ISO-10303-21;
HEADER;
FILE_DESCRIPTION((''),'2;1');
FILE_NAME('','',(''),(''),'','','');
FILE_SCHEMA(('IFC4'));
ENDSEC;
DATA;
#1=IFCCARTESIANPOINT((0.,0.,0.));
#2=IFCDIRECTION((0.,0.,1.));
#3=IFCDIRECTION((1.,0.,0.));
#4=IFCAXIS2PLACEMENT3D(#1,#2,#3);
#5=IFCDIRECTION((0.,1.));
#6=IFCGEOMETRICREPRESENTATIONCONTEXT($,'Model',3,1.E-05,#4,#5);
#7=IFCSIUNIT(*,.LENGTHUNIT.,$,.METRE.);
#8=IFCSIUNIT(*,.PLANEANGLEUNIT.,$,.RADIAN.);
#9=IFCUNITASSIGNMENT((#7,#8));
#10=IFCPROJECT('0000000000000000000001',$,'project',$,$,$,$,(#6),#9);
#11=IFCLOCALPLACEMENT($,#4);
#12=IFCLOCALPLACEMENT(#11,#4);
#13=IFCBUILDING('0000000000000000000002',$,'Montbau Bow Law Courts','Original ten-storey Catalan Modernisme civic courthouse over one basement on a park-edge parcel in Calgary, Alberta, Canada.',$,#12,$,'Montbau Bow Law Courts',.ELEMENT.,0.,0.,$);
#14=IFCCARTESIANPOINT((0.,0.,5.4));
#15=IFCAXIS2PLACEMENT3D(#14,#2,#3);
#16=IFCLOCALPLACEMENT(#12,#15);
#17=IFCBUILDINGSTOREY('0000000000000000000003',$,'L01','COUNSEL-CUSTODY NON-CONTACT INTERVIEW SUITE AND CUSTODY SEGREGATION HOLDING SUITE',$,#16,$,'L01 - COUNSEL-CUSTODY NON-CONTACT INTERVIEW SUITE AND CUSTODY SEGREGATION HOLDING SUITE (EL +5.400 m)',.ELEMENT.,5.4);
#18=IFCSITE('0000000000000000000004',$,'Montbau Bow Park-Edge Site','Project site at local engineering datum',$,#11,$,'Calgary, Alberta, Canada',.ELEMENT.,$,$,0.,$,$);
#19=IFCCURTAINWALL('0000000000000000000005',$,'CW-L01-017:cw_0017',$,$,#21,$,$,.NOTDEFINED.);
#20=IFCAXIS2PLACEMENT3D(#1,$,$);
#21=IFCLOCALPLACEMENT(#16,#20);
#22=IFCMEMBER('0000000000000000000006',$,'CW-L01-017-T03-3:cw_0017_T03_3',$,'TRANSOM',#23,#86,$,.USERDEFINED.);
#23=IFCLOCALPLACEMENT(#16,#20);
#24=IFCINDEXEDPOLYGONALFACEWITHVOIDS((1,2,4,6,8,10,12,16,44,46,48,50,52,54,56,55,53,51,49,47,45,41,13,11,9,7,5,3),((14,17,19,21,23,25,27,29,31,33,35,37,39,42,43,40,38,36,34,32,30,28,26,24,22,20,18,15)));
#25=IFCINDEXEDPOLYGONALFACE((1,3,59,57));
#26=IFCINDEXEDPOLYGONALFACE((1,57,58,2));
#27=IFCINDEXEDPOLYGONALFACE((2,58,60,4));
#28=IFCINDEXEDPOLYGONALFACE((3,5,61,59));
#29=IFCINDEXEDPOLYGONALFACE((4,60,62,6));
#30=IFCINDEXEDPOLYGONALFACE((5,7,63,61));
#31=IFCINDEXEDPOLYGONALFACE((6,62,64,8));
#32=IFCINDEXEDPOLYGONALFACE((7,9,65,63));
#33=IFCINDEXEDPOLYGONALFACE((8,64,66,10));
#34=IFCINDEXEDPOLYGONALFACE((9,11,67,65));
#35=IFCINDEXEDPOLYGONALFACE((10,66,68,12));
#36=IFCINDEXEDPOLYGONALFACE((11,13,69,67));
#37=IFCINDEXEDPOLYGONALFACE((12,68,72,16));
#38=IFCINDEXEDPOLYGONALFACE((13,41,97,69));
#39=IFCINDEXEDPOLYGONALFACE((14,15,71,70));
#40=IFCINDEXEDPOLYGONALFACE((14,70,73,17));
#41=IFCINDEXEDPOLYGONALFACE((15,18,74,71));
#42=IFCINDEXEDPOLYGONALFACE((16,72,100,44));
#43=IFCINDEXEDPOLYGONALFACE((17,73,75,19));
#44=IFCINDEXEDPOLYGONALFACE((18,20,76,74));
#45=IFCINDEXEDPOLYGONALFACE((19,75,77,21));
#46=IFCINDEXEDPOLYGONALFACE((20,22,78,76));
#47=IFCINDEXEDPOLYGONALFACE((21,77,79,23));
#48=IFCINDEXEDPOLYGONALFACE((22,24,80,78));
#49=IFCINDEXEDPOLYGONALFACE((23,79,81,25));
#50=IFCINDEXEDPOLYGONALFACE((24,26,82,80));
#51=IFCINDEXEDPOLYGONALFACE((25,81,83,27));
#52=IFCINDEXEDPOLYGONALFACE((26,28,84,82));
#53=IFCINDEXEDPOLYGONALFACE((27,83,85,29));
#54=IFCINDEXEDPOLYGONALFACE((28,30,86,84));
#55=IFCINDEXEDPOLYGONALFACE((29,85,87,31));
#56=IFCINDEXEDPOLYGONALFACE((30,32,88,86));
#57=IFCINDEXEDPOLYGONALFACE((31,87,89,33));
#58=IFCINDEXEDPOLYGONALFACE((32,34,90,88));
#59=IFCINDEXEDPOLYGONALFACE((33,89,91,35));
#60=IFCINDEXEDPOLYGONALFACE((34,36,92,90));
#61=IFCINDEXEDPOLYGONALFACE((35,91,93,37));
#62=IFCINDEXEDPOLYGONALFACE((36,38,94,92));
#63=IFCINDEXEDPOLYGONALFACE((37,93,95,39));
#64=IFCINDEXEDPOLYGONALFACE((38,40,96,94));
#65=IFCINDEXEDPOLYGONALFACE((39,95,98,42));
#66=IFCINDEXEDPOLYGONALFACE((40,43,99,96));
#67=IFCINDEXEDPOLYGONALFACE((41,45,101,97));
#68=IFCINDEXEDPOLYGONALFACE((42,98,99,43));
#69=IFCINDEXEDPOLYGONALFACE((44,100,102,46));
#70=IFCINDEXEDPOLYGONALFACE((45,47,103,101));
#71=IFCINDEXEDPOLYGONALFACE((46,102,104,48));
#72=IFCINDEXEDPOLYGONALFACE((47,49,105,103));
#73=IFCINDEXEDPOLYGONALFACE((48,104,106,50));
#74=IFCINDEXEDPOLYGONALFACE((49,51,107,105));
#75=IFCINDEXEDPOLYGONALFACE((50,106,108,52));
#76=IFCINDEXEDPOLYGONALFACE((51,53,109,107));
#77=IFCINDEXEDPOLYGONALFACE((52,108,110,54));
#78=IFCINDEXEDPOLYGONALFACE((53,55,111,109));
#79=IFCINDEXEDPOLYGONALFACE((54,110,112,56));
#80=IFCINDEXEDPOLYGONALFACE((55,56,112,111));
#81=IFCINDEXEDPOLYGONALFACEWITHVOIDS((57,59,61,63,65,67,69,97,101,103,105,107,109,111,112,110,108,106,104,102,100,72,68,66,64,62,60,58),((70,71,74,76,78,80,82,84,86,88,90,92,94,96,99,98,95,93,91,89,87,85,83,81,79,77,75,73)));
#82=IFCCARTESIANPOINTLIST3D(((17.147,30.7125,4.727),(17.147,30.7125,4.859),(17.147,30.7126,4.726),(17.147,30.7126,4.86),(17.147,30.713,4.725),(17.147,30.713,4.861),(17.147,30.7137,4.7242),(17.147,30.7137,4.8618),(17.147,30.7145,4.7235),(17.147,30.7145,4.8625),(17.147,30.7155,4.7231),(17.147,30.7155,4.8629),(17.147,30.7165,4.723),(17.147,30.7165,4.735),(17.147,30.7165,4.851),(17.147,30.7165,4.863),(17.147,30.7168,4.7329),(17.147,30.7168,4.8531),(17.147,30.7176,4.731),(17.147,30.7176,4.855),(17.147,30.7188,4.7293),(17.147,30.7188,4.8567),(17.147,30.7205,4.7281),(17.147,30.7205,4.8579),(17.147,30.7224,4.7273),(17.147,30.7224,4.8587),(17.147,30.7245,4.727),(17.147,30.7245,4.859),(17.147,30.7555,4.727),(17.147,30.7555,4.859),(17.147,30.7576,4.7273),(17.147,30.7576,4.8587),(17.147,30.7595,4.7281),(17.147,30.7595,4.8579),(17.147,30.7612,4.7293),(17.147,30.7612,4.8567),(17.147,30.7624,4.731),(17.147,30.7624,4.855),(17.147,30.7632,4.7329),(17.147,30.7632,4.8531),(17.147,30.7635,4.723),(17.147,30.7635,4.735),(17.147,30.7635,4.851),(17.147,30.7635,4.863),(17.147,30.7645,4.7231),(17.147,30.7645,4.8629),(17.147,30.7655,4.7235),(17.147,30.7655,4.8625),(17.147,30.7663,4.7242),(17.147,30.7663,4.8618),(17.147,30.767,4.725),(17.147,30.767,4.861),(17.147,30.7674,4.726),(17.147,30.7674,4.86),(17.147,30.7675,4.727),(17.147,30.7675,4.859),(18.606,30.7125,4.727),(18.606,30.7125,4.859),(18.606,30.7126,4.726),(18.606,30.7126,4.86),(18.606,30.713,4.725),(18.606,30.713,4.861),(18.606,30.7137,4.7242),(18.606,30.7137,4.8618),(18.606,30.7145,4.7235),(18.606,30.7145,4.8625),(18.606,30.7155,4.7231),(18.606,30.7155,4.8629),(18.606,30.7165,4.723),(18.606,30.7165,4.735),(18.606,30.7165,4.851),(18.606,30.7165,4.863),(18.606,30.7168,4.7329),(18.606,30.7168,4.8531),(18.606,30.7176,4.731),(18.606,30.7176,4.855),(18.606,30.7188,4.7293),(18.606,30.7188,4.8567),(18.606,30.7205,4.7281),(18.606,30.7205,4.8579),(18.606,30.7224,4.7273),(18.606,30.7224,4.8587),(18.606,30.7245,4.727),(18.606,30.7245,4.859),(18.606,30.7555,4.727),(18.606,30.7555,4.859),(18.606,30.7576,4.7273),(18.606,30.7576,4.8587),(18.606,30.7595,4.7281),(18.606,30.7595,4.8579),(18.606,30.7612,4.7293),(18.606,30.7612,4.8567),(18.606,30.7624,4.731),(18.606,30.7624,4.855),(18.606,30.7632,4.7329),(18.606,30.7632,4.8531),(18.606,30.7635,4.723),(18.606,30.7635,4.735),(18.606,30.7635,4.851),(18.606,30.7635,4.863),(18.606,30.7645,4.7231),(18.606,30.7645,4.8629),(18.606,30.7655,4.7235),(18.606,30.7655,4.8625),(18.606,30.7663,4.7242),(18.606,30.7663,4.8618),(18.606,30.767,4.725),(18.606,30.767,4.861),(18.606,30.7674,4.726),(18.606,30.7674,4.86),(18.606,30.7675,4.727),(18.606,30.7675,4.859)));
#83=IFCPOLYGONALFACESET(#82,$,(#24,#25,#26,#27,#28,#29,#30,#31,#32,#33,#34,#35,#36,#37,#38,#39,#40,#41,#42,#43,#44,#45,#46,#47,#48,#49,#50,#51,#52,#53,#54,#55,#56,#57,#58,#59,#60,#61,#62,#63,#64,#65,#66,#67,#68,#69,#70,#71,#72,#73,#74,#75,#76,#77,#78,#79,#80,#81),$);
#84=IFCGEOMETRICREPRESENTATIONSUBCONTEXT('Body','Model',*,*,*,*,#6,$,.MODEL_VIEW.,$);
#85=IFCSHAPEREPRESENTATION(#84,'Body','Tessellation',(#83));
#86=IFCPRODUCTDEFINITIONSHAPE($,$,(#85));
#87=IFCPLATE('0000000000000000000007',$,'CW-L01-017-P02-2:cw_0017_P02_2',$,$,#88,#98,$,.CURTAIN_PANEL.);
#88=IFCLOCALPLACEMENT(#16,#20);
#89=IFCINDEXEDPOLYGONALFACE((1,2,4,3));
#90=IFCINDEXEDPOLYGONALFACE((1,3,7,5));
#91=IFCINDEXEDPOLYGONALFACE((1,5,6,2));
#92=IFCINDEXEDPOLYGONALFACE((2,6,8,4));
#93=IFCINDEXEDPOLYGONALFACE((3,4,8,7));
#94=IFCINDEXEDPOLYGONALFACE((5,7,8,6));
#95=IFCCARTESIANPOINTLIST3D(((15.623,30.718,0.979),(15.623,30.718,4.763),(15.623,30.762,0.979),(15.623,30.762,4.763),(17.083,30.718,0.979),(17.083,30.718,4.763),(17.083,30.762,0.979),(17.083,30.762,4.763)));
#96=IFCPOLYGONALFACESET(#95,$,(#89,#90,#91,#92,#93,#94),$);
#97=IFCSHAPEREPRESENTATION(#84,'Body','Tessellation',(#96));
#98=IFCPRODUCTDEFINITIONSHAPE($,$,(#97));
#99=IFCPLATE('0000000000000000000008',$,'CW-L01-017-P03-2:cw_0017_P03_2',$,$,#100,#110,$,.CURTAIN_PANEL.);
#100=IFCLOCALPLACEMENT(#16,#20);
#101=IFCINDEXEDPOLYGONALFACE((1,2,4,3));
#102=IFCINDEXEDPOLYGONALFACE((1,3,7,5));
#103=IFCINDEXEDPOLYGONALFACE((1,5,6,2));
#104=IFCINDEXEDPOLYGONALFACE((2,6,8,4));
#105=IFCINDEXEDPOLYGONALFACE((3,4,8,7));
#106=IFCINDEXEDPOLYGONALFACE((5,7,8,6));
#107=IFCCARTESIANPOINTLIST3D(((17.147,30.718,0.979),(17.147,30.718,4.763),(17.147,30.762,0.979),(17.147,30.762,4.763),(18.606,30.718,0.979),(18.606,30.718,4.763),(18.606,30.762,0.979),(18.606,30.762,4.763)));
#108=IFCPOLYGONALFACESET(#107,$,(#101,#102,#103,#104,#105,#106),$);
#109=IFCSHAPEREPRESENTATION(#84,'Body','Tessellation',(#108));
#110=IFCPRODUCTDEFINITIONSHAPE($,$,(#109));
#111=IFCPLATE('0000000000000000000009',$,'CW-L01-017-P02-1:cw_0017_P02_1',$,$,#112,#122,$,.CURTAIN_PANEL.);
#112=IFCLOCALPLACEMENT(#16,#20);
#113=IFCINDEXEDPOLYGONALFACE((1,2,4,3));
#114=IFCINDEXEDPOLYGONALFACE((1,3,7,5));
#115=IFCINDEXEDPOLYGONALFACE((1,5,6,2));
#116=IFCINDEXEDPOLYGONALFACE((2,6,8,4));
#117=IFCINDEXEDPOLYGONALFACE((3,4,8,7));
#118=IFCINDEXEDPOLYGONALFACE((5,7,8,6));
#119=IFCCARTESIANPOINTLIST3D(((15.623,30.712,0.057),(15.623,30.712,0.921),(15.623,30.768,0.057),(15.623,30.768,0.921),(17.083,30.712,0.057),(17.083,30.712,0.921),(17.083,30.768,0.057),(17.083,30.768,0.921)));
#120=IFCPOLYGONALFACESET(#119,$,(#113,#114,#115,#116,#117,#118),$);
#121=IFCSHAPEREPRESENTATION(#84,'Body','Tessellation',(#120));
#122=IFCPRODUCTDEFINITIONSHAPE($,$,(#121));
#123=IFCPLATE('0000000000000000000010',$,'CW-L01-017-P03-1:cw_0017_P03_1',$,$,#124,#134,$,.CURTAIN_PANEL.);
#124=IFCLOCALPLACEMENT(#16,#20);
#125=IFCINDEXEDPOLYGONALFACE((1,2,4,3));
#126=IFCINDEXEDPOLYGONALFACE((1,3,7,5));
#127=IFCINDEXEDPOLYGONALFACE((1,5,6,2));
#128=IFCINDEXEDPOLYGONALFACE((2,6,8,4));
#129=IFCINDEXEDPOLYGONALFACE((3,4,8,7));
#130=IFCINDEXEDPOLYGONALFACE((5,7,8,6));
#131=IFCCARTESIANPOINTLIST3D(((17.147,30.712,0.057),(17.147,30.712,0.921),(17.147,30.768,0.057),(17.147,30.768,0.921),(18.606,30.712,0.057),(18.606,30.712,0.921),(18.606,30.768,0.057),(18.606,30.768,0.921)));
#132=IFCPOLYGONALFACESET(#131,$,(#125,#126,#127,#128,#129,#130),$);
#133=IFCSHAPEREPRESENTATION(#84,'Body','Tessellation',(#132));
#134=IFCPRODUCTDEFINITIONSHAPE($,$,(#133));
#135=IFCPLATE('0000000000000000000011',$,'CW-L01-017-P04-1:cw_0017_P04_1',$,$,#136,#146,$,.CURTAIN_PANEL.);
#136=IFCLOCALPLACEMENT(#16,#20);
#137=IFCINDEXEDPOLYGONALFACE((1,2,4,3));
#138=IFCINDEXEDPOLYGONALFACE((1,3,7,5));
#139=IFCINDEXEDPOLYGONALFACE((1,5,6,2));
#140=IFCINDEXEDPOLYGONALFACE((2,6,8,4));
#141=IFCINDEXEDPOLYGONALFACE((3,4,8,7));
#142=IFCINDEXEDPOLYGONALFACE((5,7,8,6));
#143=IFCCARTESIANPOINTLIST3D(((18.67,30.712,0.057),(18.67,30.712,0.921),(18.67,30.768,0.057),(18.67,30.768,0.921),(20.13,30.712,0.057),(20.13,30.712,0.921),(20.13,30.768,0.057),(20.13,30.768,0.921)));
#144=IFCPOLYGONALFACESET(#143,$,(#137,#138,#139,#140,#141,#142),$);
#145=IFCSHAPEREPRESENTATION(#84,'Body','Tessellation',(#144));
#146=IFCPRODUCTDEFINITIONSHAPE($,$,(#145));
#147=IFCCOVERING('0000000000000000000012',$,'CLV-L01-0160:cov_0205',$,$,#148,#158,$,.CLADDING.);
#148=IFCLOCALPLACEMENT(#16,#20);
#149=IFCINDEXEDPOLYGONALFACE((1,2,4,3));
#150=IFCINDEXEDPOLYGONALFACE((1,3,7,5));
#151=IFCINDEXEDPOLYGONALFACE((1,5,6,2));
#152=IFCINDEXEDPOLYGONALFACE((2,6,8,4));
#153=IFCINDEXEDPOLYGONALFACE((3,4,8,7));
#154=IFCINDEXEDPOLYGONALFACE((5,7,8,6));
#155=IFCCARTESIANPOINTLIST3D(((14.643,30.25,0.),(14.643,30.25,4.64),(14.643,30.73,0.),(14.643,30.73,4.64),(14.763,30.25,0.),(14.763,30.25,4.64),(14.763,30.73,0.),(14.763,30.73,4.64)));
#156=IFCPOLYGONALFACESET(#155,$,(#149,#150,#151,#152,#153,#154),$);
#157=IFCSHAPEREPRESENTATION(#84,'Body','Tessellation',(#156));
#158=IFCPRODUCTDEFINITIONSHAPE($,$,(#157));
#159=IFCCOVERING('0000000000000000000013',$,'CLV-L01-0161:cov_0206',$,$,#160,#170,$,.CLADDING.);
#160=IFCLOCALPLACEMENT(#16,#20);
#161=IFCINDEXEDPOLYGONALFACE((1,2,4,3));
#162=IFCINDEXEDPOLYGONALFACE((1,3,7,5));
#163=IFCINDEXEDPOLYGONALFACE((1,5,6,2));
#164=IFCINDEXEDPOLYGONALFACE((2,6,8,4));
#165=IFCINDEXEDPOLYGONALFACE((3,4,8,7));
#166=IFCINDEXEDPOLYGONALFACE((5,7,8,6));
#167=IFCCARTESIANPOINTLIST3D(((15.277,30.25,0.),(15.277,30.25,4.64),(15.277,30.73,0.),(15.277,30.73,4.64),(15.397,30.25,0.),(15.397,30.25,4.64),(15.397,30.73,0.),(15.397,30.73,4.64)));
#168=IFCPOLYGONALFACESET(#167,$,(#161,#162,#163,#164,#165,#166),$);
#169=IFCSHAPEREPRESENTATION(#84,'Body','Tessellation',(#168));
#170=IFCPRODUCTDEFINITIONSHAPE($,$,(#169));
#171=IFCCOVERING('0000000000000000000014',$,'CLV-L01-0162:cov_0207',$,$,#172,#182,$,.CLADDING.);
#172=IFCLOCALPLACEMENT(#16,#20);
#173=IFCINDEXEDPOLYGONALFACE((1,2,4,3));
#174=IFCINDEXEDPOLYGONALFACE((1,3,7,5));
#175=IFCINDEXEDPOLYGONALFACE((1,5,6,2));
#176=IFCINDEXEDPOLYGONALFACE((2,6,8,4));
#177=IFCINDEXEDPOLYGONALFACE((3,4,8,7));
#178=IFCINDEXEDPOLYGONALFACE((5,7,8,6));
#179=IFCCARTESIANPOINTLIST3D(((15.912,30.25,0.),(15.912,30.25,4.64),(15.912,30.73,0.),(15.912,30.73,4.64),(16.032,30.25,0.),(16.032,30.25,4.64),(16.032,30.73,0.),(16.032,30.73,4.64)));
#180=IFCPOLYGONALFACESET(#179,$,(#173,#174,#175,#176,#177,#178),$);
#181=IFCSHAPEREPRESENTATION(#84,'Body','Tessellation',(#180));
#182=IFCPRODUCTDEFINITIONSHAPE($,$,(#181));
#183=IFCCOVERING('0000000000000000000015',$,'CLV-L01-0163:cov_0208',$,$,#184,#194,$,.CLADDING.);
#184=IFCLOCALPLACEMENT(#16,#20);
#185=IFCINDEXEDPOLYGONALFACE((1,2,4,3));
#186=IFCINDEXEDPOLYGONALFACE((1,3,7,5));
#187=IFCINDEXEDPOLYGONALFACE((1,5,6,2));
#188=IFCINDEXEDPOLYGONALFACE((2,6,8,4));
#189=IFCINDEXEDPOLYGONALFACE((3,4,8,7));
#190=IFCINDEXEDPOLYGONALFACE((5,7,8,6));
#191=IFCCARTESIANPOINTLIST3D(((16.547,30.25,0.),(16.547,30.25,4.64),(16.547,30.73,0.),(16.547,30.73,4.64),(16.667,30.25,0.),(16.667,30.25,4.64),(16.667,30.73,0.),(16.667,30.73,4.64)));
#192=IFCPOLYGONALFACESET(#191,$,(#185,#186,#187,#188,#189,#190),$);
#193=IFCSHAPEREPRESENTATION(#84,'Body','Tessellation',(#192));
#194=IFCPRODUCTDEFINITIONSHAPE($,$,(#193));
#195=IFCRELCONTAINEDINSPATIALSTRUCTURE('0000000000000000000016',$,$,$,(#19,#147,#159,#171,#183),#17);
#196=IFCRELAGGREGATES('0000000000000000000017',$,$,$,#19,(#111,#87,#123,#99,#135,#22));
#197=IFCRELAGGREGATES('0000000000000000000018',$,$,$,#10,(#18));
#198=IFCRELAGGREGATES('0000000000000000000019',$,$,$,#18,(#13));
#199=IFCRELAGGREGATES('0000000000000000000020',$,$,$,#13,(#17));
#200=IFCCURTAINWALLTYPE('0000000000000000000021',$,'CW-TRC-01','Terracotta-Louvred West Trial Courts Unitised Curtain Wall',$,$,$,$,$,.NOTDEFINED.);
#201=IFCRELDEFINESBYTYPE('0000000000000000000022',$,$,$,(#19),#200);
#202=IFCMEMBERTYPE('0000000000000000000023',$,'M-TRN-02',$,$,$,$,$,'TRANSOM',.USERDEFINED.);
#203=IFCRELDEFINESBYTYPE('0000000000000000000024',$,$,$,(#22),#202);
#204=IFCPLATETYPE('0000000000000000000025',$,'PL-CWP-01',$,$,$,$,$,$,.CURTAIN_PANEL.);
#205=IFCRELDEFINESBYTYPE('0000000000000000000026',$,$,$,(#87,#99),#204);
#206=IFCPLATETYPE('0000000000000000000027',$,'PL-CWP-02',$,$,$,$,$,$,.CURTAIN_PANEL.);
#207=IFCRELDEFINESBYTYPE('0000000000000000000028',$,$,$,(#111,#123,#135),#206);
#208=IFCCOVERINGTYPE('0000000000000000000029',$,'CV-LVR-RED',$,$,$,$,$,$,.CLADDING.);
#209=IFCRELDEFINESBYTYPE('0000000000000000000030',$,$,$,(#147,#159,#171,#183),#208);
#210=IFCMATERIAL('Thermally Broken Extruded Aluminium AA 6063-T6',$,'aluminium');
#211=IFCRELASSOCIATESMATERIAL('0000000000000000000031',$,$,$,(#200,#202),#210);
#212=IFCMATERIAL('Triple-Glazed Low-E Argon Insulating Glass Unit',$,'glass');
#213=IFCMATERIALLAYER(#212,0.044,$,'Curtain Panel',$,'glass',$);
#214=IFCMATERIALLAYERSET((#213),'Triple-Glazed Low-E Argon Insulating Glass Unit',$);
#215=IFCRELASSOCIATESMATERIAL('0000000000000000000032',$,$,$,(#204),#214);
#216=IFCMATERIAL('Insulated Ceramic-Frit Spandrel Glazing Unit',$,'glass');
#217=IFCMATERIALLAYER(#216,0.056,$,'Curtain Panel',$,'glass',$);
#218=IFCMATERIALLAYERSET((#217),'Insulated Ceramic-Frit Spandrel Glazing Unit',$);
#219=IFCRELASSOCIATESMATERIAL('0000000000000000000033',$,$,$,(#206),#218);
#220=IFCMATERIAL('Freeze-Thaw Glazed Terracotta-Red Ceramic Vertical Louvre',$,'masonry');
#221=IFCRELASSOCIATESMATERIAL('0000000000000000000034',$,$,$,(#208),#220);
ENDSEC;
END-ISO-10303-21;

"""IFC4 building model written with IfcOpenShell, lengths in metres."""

from ifc_helpers import new_model, si_unit, direction, frame, frame_2d, origin_with_axes, origin_2d_with_axis, place, context, subcontext, project, spatial, rectangle, hollow_rectangle, extrude, material, layer, layer_set, material_profile, profile_set, type_object, element, aggregate, save


model = new_model("IFC4")

# Units and contexts
model_context = context("Model", 3, precision=1e-05, world=origin_with_axes(), true_north=direction((0.0, 1.0)))
body_context = subcontext(model_context, "Body", "Model", "MODEL_VIEW")
ifc_project = project(units=[si_unit("LENGTHUNIT", "METRE"), si_unit("PLANEANGLEUNIT", "RADIAN")], contexts=[model_context])

# Site, building, storey
site_placement = place(None, origin_with_axes())
site = spatial("IfcSite", under=ifc_project, at=site_placement, Name="Montbau Bow Park-Edge Site", Description="Project site at local engineering datum", LongName="Calgary, Alberta, Canada", CompositionType="ELEMENT", RefElevation=0.0)
building_placement = place(site_placement, origin_with_axes())
building = spatial("IfcBuilding", under=site, at=building_placement, Name="Montbau Bow Law Courts", Description="Original ten-storey Catalan Modernisme civic courthouse over one basement on a park-edge parcel in Calgary, Alberta, Canada.", LongName="Montbau Bow Law Courts", CompositionType="ELEMENT", ElevationOfRefHeight=0.0, ElevationOfTerrain=0.0)
storey_placement = place(building_placement, frame((0.0, 0.0, 5.4), z_axis=(0.0, 0.0, 1.0), x_axis=(1.0, 0.0, 0.0)))
storey = spatial("IfcBuildingStorey", under=building, at=storey_placement, Name="L01", Description="COUNSEL-CUSTODY NON-CONTACT INTERVIEW SUITE AND CUSTODY SEGREGATION HOLDING SUITE", LongName="L01 - COUNSEL-CUSTODY NON-CONTACT INTERVIEW SUITE AND CUSTODY SEGREGATION HOLDING SUITE (EL +5.400 m)", CompositionType="ELEMENT", Elevation=5.4)

# Curtain wall, member, plates
ifc_material_1 = material(Name="Thermally Broken Extruded Aluminium AA 6063-T6", Category="aluminium")
curtain_wall_type = type_object("IfcCurtainWallType", Name="CW-TRC-01", Description="Terracotta-Louvred West Trial Courts Unitised Curtain Wall", PredefinedType="NOTDEFINED", material=ifc_material_1)
curtain_wall_placement = place(None, frame((14.068, 30.74, 5.4), z_axis=(0.0, 0.0, 1.0), x_axis=(1.0, 0.0, 0.0)))
curtain_wall = element("IfcCurtainWall", 1, at=curtain_wall_placement, inside=storey, type_object=curtain_wall_type, Name="CW-L01-017:cw_0017", PredefinedType="NOTDEFINED")
ifc_material_profile_1 = material_profile(ifc_material_1, hollow_rectangle(XDim=0.055, YDim=0.14, WallThickness=0.004, InnerFilletRadius=0.008, OuterFilletRadius=0.004, at=origin_2d_with_axis()), Name="CWT-140X55", Category="Main", Priority=0)
ifc_profile_set_1 = profile_set([ifc_material_profile_1], Name="Thermally Broken Extruded Aluminium AA 6063-T6")
member_type_1 = type_object("IfcMemberType", Name="M-TRN-02", ElementType="TRANSOM", PredefinedType="USERDEFINED", material=ifc_profile_set_1)
member_1_placement = place(None, frame((17.147, 30.74, 10.193), z_axis=(1.0, 0.0, 0.0), x_axis=(0.0, 1.0, 0.0)))
member_1 = element("IfcMember", 2, at=member_1_placement, type_object=member_type_1, Name="CW-L01-017-T03-3:cw_0017_T03_3", ObjectType="TRANSOM", PredefinedType="USERDEFINED", context=body_context, shape_type="SweptSolid", body=[
    extrude(hollow_rectangle(XDim=0.055, YDim=0.14, WallThickness=0.004, InnerFilletRadius=0.008, OuterFilletRadius=0.004, at=origin_2d_with_axis()), origin_with_axes(), (0.0, 0.0, 1.0), 1.459),
])
ifc_material_2 = material(Name="Triple-Glazed Low-E Argon Insulating Glass Unit", Category="glass")
ifc_layer_1 = layer(ifc_material_2, 0.044, Name="Curtain Panel", Category="glass")
ifc_layer_set_1 = layer_set([ifc_layer_1], Name="Triple-Glazed Low-E Argon Insulating Glass Unit")
plate_type_1 = type_object("IfcPlateType", Name="PL-CWP-01", PredefinedType="CURTAIN_PANEL", material=ifc_layer_set_1)
plate_1_placement = place(None, frame((15.623, 30.74, 6.379), z_axis=(0.0, -1.0, 0.0), x_axis=(1.0, 0.0, 0.0)))
plate_1 = element("IfcPlate", 3, at=plate_1_placement, type_object=plate_type_1, Name="CW-L01-017-P02-2:cw_0017_P02_2", PredefinedType="CURTAIN_PANEL", context=body_context, shape_type="SweptSolid", body=[
    extrude(rectangle(XDim=1.46, YDim=3.784, at=frame_2d((0.73, 1.892), x_axis=(1.0, 0.0))), frame((0.0, 0.0, -0.022), z_axis=(0.0, 0.0, 1.0), x_axis=(1.0, 0.0, 0.0)), (0.0, 0.0, 1.0), 0.044),
])
plate_2_placement = place(None, frame((17.147, 30.74, 6.379), z_axis=(0.0, -1.0, 0.0), x_axis=(1.0, 0.0, 0.0)))
plate_2 = element("IfcPlate", 4, at=plate_2_placement, type_object=plate_type_1, Name="CW-L01-017-P03-2:cw_0017_P03_2", PredefinedType="CURTAIN_PANEL", context=body_context, shape_type="SweptSolid", body=[
    extrude(rectangle(XDim=1.459, YDim=3.784, at=frame_2d((0.7295, 1.892), x_axis=(1.0, 0.0))), frame((0.0, 0.0, -0.022), z_axis=(0.0, 0.0, 1.0), x_axis=(1.0, 0.0, 0.0)), (0.0, 0.0, 1.0), 0.044),
])
ifc_material_3 = material(Name="Insulated Ceramic-Frit Spandrel Glazing Unit", Category="glass")
ifc_layer_2 = layer(ifc_material_3, 0.056, Name="Curtain Panel", Category="glass")
ifc_layer_set_2 = layer_set([ifc_layer_2], Name="Insulated Ceramic-Frit Spandrel Glazing Unit")
plate_type_2 = type_object("IfcPlateType", Name="PL-CWP-02", PredefinedType="CURTAIN_PANEL", material=ifc_layer_set_2)
plate_3_placement = place(None, frame((15.623, 30.74, 5.457), z_axis=(0.0, -1.0, 0.0), x_axis=(1.0, 0.0, 0.0)))
plate_3 = element("IfcPlate", 5, at=plate_3_placement, type_object=plate_type_2, Name="CW-L01-017-P02-1:cw_0017_P02_1", PredefinedType="CURTAIN_PANEL", context=body_context, shape_type="SweptSolid", body=[
    extrude(rectangle(XDim=1.46, YDim=0.864, at=frame_2d((0.73, 0.432), x_axis=(1.0, 0.0))), frame((0.0, 0.0, -0.028), z_axis=(0.0, 0.0, 1.0), x_axis=(1.0, 0.0, 0.0)), (0.0, 0.0, 1.0), 0.056),
])
plate_4_placement = place(None, frame((17.147, 30.74, 5.457), z_axis=(0.0, -1.0, 0.0), x_axis=(1.0, 0.0, 0.0)))
plate_4 = element("IfcPlate", 6, at=plate_4_placement, type_object=plate_type_2, Name="CW-L01-017-P03-1:cw_0017_P03_1", PredefinedType="CURTAIN_PANEL", context=body_context, shape_type="SweptSolid", body=[
    extrude(rectangle(XDim=1.459, YDim=0.864, at=frame_2d((0.7295, 0.432), x_axis=(1.0, 0.0))), frame((0.0, 0.0, -0.028), z_axis=(0.0, 0.0, 1.0), x_axis=(1.0, 0.0, 0.0)), (0.0, 0.0, 1.0), 0.056),
])
plate_5_placement = place(None, frame((18.67, 30.74, 5.457), z_axis=(0.0, -1.0, 0.0), x_axis=(1.0, 0.0, 0.0)))
plate_5 = element("IfcPlate", 7, at=plate_5_placement, type_object=plate_type_2, Name="CW-L01-017-P04-1:cw_0017_P04_1", PredefinedType="CURTAIN_PANEL", context=body_context, shape_type="SweptSolid", body=[
    extrude(rectangle(XDim=1.46, YDim=0.864, at=frame_2d((0.73, 0.432), x_axis=(1.0, 0.0))), frame((0.0, 0.0, -0.028), z_axis=(0.0, 0.0, 1.0), x_axis=(1.0, 0.0, 0.0)), (0.0, 0.0, 1.0), 0.056),
])
aggregate(curtain_wall, [plate_3, plate_1, plate_4, plate_2, plate_5, member_1])

# Coverings
ifc_material_4 = material(Name="Freeze-Thaw Glazed Terracotta-Red Ceramic Vertical Louvre", Category="masonry")
covering_type = type_object("IfcCoveringType", Name="CV-LVR-RED", PredefinedType="CLADDING", material=ifc_material_4)
for number, where, z_axis, x_axis, name in (
    (8, (14.703, 30.73, 5.4), (-1.0, 0.0, 0.0), (0.0, -1.0, 0.0), "CLV-L01-0160:cov_0205"),
    (9, (15.337, 30.73, 5.4), (-1.0, 0.0, 0.0), (0.0, -1.0, 0.0), "CLV-L01-0161:cov_0206"),
    (10, (15.972, 30.73, 5.4), (-1.0, 0.0, 0.0), (0.0, -1.0, 0.0), "CLV-L01-0162:cov_0207"),
    (11, (16.607, 30.73, 5.4), (-1.0, 0.0, 0.0), (0.0, -1.0, 0.0), "CLV-L01-0163:cov_0208"),
):
    element("IfcCovering", number, at=place(None, frame(where, z_axis=z_axis, x_axis=x_axis)), inside=storey, type_object=covering_type, Name=name, PredefinedType="CLADDING", context=body_context, shape_type="SweptSolid", body=[
        extrude(rectangle(XDim=0.48, YDim=4.64, at=frame_2d((0.24, 2.32), x_axis=(1.0, 0.0))), frame((0.0, 0.0, -0.06), z_axis=(0.0, 0.0, 1.0), x_axis=(1.0, 0.0, 0.0)), (0.0, 0.0, 1.0), 0.12),
    ])

save(model, "model.ifc")
